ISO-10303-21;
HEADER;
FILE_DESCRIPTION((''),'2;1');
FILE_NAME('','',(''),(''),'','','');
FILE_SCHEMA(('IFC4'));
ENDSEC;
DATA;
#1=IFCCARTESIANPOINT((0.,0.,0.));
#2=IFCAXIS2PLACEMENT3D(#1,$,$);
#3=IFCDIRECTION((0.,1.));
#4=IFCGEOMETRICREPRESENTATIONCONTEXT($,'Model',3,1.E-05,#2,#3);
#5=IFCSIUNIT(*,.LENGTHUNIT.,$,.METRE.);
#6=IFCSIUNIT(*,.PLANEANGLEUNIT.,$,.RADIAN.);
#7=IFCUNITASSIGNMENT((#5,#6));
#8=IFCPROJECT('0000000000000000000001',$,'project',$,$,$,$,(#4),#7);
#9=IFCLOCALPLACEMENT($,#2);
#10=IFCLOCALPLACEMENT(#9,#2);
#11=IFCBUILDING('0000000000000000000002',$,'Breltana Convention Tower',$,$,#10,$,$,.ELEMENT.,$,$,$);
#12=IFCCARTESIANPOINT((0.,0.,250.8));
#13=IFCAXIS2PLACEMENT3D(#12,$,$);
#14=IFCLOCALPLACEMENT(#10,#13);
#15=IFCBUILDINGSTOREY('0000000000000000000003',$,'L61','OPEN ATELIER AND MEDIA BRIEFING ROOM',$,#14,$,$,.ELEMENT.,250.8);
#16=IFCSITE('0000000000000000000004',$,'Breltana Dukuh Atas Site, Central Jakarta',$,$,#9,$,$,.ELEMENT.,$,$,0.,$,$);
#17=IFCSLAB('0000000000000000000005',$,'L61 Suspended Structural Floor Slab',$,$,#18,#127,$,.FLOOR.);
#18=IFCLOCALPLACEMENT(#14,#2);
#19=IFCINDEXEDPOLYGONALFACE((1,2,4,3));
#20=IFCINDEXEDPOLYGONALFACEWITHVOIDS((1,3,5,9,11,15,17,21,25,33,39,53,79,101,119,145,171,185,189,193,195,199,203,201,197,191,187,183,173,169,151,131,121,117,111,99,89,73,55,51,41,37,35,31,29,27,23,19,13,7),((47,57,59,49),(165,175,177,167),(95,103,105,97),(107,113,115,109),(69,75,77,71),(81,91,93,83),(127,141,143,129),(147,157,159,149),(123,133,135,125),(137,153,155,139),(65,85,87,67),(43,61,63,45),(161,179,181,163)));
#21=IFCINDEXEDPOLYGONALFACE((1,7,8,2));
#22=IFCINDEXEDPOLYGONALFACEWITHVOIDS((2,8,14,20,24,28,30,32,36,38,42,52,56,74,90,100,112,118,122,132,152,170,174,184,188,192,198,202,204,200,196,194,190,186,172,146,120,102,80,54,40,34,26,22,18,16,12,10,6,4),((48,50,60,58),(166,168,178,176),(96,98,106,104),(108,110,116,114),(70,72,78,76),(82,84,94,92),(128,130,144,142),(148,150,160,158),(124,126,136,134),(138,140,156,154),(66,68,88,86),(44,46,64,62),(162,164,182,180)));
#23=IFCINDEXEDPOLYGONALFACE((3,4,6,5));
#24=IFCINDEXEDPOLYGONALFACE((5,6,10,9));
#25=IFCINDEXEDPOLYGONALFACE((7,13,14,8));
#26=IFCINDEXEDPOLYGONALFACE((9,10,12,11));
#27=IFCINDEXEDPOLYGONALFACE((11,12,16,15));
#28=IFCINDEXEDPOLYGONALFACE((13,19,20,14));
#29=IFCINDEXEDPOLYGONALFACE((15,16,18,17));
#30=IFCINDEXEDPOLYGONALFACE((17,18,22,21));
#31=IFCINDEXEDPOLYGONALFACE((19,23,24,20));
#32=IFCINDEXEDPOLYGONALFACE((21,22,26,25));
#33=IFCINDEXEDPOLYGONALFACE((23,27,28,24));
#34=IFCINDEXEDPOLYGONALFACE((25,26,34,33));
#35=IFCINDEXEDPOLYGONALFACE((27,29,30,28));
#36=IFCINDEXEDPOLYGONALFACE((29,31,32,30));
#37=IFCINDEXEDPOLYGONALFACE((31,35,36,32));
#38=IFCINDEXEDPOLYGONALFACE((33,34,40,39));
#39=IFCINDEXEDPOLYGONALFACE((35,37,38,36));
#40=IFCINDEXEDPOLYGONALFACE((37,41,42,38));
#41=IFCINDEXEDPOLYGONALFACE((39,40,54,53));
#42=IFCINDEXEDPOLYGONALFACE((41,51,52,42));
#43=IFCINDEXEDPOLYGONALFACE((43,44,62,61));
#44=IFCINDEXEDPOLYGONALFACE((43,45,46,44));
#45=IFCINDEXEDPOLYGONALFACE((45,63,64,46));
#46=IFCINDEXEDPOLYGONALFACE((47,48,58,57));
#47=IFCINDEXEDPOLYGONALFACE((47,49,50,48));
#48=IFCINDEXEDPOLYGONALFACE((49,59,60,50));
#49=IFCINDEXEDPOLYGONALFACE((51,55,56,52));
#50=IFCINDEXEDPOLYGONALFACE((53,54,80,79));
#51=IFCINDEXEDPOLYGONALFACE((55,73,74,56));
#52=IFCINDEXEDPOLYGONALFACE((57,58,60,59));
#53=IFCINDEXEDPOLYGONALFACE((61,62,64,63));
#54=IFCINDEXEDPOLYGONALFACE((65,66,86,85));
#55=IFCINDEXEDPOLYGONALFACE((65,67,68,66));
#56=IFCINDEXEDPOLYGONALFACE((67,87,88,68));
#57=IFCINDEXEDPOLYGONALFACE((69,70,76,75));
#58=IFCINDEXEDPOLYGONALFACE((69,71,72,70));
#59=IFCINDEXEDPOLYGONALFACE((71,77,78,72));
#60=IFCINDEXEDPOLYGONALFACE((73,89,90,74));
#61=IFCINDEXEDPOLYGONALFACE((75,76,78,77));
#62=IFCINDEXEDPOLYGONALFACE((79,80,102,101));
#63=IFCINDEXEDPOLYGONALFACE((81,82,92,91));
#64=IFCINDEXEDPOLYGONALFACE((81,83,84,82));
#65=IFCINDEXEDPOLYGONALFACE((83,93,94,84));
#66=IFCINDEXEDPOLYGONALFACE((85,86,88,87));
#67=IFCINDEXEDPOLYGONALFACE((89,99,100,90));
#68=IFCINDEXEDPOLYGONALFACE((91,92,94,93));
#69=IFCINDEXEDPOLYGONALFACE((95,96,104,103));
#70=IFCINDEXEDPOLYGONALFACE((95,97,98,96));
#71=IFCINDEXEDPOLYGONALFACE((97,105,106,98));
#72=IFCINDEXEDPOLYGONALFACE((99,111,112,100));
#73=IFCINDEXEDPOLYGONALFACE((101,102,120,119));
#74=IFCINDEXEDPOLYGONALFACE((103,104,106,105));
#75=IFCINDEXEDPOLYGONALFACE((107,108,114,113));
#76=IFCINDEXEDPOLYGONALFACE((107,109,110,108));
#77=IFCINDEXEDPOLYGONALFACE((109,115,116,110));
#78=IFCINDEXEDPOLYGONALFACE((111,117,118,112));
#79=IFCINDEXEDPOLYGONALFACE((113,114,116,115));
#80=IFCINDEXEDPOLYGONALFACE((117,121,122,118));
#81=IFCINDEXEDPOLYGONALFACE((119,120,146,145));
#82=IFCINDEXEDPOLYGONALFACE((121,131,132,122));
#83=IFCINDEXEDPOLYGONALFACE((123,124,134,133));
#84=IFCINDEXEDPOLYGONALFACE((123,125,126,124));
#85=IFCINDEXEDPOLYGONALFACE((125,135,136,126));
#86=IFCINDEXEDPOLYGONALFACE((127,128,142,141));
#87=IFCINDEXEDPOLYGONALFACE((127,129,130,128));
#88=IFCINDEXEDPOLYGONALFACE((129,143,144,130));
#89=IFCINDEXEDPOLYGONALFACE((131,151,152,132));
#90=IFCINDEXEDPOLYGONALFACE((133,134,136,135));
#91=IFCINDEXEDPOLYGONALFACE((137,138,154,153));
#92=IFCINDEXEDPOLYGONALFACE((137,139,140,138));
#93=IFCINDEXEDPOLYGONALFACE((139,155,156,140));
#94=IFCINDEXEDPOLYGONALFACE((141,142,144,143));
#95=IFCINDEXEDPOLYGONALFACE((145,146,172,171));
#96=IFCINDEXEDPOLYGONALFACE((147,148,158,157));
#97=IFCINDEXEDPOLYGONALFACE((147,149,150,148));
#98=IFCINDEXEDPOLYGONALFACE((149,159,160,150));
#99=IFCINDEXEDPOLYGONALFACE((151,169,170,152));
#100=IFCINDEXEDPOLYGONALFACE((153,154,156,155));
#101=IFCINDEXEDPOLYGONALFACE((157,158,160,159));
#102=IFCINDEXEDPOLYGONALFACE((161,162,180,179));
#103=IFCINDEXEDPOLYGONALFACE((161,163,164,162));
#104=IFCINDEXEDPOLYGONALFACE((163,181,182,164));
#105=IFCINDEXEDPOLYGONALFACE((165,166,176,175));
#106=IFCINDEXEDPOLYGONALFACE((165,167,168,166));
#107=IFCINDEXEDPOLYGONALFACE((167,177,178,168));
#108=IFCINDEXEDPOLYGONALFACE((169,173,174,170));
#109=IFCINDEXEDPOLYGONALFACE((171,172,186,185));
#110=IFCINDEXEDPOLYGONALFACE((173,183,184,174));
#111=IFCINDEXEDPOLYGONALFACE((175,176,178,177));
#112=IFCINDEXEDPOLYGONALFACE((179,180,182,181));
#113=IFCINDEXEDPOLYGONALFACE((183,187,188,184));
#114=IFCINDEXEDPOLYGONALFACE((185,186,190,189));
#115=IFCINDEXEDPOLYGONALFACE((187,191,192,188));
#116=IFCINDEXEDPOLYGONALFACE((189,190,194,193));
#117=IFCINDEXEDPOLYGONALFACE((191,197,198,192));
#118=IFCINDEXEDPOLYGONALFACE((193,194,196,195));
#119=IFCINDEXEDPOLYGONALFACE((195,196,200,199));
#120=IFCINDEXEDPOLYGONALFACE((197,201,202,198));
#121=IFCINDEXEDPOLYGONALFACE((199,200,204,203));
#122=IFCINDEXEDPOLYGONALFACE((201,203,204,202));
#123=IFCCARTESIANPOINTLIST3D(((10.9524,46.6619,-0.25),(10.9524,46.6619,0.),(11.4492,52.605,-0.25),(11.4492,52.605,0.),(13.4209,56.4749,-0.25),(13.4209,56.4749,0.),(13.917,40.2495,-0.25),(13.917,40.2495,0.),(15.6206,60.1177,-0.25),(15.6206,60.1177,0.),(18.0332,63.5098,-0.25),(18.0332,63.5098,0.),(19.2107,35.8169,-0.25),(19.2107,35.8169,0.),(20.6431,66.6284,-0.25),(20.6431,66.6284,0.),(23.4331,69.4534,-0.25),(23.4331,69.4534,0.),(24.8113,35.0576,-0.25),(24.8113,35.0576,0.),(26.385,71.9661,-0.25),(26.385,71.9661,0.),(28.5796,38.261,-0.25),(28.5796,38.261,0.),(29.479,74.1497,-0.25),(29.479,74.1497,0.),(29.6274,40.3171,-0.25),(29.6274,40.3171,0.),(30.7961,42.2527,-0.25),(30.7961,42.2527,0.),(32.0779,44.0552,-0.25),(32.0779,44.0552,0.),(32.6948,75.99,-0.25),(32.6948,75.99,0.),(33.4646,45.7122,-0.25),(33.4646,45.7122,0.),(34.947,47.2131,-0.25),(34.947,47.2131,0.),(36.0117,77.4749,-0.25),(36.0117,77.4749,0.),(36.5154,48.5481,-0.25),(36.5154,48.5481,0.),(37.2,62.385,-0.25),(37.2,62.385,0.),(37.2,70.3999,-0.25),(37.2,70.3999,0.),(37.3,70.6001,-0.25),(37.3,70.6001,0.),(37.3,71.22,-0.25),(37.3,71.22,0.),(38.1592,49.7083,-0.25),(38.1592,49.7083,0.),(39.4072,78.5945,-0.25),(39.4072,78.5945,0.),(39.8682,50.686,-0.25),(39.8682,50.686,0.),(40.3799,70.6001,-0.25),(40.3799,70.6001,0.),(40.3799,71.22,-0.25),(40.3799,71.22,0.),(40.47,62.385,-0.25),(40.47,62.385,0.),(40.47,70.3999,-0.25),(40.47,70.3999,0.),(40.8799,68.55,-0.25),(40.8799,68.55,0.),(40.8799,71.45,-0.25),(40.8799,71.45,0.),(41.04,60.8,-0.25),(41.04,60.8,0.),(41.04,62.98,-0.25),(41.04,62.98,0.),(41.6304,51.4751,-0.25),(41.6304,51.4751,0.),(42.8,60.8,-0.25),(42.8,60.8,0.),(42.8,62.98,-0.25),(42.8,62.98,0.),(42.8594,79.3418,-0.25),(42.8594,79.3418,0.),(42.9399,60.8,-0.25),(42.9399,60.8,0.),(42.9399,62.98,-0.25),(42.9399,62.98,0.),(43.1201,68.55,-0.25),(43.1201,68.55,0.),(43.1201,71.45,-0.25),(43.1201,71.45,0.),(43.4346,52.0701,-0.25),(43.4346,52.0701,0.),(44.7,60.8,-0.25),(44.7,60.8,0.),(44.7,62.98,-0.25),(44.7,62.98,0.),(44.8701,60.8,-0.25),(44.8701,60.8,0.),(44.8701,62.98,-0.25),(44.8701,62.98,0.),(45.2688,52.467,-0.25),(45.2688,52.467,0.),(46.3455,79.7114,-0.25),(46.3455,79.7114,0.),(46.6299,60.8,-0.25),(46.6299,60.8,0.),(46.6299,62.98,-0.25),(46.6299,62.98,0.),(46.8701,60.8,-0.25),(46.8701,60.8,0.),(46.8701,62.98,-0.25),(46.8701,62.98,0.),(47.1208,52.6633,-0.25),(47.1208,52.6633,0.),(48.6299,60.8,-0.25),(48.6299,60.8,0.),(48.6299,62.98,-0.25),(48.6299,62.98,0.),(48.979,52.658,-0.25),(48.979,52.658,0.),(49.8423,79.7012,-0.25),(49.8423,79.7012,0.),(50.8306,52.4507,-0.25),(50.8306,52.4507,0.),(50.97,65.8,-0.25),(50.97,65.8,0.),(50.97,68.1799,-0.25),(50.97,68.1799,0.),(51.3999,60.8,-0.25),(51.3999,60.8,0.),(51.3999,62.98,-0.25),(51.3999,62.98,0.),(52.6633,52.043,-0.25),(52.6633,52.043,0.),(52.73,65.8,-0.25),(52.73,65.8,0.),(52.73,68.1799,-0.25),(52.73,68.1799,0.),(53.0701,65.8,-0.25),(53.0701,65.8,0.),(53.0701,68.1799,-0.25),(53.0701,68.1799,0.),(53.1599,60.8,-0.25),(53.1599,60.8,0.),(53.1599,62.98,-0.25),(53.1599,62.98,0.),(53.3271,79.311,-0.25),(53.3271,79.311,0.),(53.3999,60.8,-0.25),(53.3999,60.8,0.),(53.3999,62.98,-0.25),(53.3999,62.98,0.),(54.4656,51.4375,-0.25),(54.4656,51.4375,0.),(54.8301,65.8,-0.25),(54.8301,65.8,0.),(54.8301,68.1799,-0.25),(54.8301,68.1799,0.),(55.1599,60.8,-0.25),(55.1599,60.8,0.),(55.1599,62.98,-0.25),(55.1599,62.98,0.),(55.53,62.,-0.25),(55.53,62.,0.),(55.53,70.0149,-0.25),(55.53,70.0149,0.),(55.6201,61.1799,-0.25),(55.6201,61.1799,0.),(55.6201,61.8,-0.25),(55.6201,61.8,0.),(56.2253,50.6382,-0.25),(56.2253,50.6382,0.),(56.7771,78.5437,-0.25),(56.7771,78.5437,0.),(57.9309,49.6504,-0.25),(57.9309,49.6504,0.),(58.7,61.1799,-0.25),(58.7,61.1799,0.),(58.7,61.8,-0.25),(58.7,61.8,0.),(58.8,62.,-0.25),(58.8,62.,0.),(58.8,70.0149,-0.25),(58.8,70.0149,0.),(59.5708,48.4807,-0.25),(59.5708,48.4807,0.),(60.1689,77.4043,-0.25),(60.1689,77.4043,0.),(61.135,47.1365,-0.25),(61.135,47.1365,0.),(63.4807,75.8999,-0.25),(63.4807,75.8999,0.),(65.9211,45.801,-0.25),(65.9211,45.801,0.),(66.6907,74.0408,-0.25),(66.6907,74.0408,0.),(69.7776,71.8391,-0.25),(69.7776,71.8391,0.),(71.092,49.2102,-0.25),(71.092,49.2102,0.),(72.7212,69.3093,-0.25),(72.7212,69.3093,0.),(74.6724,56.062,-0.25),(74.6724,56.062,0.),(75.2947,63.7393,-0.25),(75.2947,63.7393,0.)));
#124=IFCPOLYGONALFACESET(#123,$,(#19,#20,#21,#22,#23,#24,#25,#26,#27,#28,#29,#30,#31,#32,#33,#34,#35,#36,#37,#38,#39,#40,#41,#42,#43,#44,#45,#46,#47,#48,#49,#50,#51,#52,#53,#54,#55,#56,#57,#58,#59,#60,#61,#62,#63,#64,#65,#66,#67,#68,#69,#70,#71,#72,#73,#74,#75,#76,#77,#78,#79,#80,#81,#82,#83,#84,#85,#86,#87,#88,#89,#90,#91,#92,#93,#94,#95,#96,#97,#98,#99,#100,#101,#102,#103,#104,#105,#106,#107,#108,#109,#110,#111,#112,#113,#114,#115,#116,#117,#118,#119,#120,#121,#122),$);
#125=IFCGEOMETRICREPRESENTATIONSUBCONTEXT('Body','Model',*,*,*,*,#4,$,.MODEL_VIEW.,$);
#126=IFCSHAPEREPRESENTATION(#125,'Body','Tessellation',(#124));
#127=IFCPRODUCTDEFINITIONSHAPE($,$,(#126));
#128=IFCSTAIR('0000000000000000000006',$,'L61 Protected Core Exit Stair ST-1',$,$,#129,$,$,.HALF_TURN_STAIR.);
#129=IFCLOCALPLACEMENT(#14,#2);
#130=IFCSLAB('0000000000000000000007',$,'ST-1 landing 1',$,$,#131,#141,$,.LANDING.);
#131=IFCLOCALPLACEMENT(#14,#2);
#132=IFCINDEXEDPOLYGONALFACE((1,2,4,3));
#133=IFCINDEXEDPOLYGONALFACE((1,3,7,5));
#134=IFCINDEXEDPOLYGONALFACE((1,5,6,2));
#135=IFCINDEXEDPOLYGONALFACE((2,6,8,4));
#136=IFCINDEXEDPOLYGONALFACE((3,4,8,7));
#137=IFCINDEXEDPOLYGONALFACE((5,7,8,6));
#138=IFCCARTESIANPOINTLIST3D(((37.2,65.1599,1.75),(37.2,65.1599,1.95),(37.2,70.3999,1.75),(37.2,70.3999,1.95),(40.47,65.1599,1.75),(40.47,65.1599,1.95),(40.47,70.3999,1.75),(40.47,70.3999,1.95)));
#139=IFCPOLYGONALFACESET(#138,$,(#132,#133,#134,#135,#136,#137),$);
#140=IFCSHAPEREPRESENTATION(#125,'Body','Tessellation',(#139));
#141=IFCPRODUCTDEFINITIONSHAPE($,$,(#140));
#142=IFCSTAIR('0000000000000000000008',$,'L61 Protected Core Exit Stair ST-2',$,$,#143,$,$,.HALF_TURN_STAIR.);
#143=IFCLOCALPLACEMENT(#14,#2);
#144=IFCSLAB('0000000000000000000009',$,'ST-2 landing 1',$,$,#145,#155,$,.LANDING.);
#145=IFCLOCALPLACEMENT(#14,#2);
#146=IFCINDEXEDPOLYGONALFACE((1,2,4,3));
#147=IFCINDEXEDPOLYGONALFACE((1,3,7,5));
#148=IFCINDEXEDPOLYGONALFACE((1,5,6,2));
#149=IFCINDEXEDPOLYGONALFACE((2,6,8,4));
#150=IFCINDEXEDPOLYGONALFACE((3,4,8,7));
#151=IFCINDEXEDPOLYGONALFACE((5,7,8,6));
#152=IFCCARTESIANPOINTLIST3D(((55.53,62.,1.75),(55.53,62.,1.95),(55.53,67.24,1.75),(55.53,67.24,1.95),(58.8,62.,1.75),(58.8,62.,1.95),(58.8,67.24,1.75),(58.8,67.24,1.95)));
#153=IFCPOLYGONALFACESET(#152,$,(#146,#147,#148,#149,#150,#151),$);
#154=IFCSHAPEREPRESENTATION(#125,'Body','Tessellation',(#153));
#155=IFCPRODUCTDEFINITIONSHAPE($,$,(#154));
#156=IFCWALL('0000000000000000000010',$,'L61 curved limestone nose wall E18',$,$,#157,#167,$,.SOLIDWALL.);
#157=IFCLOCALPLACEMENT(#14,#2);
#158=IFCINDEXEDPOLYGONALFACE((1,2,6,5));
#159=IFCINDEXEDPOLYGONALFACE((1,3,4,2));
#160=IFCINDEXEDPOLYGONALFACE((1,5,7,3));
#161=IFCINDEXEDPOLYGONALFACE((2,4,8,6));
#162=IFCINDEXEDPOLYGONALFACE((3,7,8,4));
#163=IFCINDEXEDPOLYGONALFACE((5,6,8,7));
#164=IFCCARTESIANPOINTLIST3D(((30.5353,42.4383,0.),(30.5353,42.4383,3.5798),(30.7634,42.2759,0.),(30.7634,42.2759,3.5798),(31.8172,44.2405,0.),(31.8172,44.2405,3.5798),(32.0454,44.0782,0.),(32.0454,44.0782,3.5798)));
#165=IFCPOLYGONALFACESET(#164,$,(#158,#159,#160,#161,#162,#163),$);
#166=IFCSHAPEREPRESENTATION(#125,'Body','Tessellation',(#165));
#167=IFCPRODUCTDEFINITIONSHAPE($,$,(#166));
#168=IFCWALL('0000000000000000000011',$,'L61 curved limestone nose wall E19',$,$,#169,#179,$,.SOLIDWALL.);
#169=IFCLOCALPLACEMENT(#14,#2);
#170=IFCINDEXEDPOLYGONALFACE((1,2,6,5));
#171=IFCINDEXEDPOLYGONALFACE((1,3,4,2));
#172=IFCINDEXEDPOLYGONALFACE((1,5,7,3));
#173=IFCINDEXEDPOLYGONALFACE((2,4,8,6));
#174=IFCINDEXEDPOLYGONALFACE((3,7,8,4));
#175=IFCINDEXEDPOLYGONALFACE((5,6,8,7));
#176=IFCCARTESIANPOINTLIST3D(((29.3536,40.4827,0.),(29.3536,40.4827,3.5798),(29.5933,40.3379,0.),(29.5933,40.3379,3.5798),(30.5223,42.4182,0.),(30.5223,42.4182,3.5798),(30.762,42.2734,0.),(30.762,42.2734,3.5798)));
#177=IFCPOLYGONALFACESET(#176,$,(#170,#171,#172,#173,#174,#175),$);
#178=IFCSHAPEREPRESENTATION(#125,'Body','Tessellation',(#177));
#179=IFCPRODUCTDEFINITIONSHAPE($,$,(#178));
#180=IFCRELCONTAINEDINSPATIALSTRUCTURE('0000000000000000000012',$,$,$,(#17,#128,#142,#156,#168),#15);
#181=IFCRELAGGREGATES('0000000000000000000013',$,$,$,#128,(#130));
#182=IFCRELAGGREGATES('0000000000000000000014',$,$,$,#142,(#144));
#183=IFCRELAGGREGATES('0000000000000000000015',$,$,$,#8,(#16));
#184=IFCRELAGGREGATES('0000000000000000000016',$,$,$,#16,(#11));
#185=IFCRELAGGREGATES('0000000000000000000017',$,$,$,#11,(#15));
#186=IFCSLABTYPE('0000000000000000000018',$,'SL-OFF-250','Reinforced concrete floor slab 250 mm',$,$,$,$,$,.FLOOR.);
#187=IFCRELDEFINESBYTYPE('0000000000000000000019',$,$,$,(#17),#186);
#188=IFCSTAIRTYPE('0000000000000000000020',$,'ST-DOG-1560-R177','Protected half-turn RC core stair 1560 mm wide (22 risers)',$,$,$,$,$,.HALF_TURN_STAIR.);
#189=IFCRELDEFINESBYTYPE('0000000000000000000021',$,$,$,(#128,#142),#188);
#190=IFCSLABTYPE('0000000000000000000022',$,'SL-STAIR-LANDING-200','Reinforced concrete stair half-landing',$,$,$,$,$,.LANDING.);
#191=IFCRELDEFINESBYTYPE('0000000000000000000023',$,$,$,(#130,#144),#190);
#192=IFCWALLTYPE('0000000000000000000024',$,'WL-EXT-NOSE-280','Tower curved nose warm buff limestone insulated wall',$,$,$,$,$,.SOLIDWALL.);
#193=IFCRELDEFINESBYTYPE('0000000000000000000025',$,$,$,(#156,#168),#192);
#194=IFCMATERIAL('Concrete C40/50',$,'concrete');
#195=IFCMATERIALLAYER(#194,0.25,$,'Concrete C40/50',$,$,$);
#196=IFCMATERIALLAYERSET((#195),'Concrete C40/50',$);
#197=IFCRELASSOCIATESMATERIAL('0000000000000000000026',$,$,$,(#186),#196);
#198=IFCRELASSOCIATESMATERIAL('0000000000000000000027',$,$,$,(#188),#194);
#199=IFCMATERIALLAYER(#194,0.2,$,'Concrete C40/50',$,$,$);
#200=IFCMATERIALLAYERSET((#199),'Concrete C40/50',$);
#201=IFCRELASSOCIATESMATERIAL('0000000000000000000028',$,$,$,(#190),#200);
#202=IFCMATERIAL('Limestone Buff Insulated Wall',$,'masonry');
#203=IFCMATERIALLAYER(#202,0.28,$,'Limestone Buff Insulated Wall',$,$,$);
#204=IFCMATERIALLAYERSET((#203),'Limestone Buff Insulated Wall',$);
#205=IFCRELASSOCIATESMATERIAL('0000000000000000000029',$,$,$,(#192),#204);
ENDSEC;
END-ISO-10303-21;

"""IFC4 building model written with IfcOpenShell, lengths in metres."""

from ifc_helpers import new_model, si_unit, direction, frame, frame_2d, origin, place, context, subcontext, project, spatial, polyline, rectangle, outline, extrude, source, transform, mapped, material, layer, layer_set, type_object, element, aggregate, save


model = new_model("IFC4")

# Units and contexts
model_context = context("Model", 3, precision=1e-05, world=origin(), true_north=direction((0.0, 1.0)))
body_context = subcontext(model_context, "Body", "Model", "MODEL_VIEW")
ifc_project = project(units=[si_unit("LENGTHUNIT", "METRE"), si_unit("PLANEANGLEUNIT", "RADIAN")], contexts=[model_context])

# Site, building, storey
site_placement = place(None, origin())
site = spatial("IfcSite", under=ifc_project, at=site_placement, Name="Breltana Dukuh Atas Site, Central Jakarta", CompositionType="ELEMENT", RefElevation=0.0)
building_placement = place(site_placement, origin())
building = spatial("IfcBuilding", under=site, at=building_placement, Name="Breltana Convention Tower", CompositionType="ELEMENT")
storey_placement = place(building_placement, frame((0.0, 0.0, 250.8)))
storey = spatial("IfcBuildingStorey", under=building, at=storey_placement, Name="L61", Description="OPEN ATELIER AND MEDIA BRIEFING ROOM", CompositionType="ELEMENT", Elevation=250.8)

# Slab
ifc_material_1 = material(Name="Concrete C40/50", Category="concrete")
ifc_layer_1 = layer(ifc_material_1, 0.25, Name="Concrete C40/50")
ifc_layer_set_1 = layer_set([ifc_layer_1], Name="Concrete C40/50")
slab_type_1 = type_object("IfcSlabType", Name="SL-OFF-250", Description="Reinforced concrete floor slab 250 mm", PredefinedType="FLOOR", material=ifc_layer_set_1)
slab_1_placement = place(storey_placement, frame((0.0, 0.0, -0.25)))
element("IfcSlab", 1, at=slab_1_placement, inside=storey, type_object=slab_type_1, Name="L61 Suspended Structural Floor Slab", PredefinedType="FLOOR", context=body_context, shape_type="SweptSolid", body=[
    extrude(outline(polyline([(72.7212, 69.3093), (69.7776, 71.8391), (66.6907, 74.0408), (63.4807, 75.8999), (60.1689, 77.4043), (56.7771, 78.5437), (53.3271, 79.311), (49.8423, 79.7012), (46.3455, 79.7114), (42.8594, 79.3418), (39.4072, 78.5945), (36.0117, 77.4749), (32.6948, 75.99), (29.479, 74.1497), (26.385, 71.9661), (23.4331, 69.4534), (20.6431, 66.6284), (18.0332, 63.5098), (15.6206, 60.1177), (13.4209, 56.4749), (11.4492, 52.605), (10.9524, 46.6619), (13.917, 40.2495), (19.2107, 35.8169), (24.8113, 35.0576), (28.5796, 38.261), (29.6274, 40.3171), (30.7961, 42.2527), (32.0779, 44.0552), (33.4646, 45.7122), (34.947, 47.2131), (36.5154, 48.5481), (38.1592, 49.7083), (39.8682, 50.686), (41.6304, 51.4751), (43.4346, 52.0701), (45.2688, 52.467), (47.1208, 52.6633), (48.979, 52.658), (50.8306, 52.4507), (52.6633, 52.043), (54.4656, 51.4375), (56.2253, 50.6382), (57.9309, 49.6504), (59.5708, 48.4807), (61.135, 47.1365), (65.9211, 45.801), (71.092, 49.2102), (74.6724, 56.062), (75.2947, 63.7393), (72.7212, 69.3093)]), holes=[polyline([(37.2, 62.385), (40.47, 62.385), (40.47, 70.3999), (37.2, 70.3999), (37.2, 62.385)]), polyline([(55.53, 62.0), (58.8, 62.0), (58.8, 70.0149), (55.53, 70.0149), (55.53, 62.0)]), polyline([(41.04, 60.8), (42.8, 60.8), (42.8, 62.98), (41.04, 62.98), (41.04, 60.8)]), polyline([(42.9399, 60.8), (44.7, 60.8), (44.7, 62.98), (42.9399, 62.98), (42.9399, 60.8)]), polyline([(44.8701, 60.8), (46.6299, 60.8), (46.6299, 62.98), (44.8701, 62.98), (44.8701, 60.8)]), polyline([(46.8701, 60.8), (48.6299, 60.8), (48.6299, 62.98), (46.8701, 62.98), (46.8701, 60.8)]), polyline([(51.3999, 60.8), (53.1599, 60.8), (53.1599, 62.98), (51.3999, 62.98), (51.3999, 60.8)]), polyline([(53.3999, 60.8), (55.1599, 60.8), (55.1599, 62.98), (53.3999, 62.98), (53.3999, 60.8)]), polyline([(50.97, 65.8), (52.73, 65.8), (52.73, 68.1799), (50.97, 68.1799), (50.97, 65.8)]), polyline([(53.0701, 65.8), (54.8301, 65.8), (54.8301, 68.1799), (53.0701, 68.1799), (53.0701, 65.8)]), polyline([(40.8799, 68.55), (43.1201, 68.55), (43.1201, 71.45), (40.8799, 71.45), (40.8799, 68.55)]), polyline([(37.3, 70.6001), (40.3799, 70.6001), (40.3799, 71.22), (37.3, 71.22), (37.3, 70.6001)]), polyline([(55.6201, 61.1799), (58.7, 61.1799), (58.7, 61.8), (55.6201, 61.8), (55.6201, 61.1799)])]), origin(), (0.0, 0.0, 1.0), 0.25),
])

# Stairs, slabs
stair_type = type_object("IfcStairType", Name="ST-DOG-1560-R177", Description="Protected half-turn RC core stair 1560 mm wide (22 risers)", PredefinedType="HALF_TURN_STAIR", material=ifc_material_1)
stair_1_placement = place(storey_placement, origin())
stair_1 = element("IfcStair", 2, at=stair_1_placement, inside=storey, type_object=stair_type, Name="L61 Protected Core Exit Stair ST-1", PredefinedType="HALF_TURN_STAIR")
ifc_layer_2 = layer(ifc_material_1, 0.2, Name="Concrete C40/50")
ifc_layer_set_2 = layer_set([ifc_layer_2], Name="Concrete C40/50")
slab_type_2 = type_object("IfcSlabType", Name="SL-STAIR-LANDING-200", Description="Reinforced concrete stair half-landing", PredefinedType="LANDING", material=ifc_layer_set_2)
slab_2_placement = place(storey_placement, frame((0.0, 0.0, 1.75)))
slab_2 = element("IfcSlab", 3, at=slab_2_placement, type_object=slab_type_2, Name="ST-1 landing 1", PredefinedType="LANDING", context=body_context, shape_type="SweptSolid", body=[
    extrude(outline(polyline([(40.47, 65.1599), (40.47, 70.3999), (37.2, 70.3999), (37.2, 65.1599), (40.47, 65.1599)])), origin(), (0.0, 0.0, 1.0), 0.2),
])
aggregate(stair_1, [slab_2])
stair_2_placement = place(storey_placement, origin())
stair_2 = element("IfcStair", 4, at=stair_2_placement, inside=storey, type_object=stair_type, Name="L61 Protected Core Exit Stair ST-2", PredefinedType="HALF_TURN_STAIR")
slab_3_placement = place(storey_placement, frame((0.0, 0.0, 1.75)))
slab_3 = element("IfcSlab", 5, at=slab_3_placement, type_object=slab_type_2, Name="ST-2 landing 1", PredefinedType="LANDING", context=body_context, shape_type="SweptSolid", body=[
    extrude(outline(polyline([(55.53, 67.24), (55.53, 62.0), (58.8, 62.0), (58.8, 67.24), (55.53, 67.24)])), origin(), (0.0, 0.0, 1.0), 0.2),
])
aggregate(stair_2, [slab_3])

# Walls
ifc_material_2 = material(Name="Limestone Buff Insulated Wall", Category="masonry")
ifc_layer_3 = layer(ifc_material_2, 0.28, Name="Limestone Buff Insulated Wall")
ifc_layer_set_3 = layer_set([ifc_layer_3], Name="Limestone Buff Insulated Wall")
wall_type_1 = type_object("IfcWallType", Name="WL-EXT-NOSE-280", Description="Tower curved nose warm buff limestone insulated wall", PredefinedType="SOLIDWALL", material=ifc_layer_set_3)
shared_shape_1 = source(origin(), body_context, "Body", "SweptSolid", [
    extrude(rectangle(XDim=2.2117, YDim=0.28, at=frame_2d((1.106, 0.0))), origin(), (0.0, 0.0, 1.0), 3.5798),
])
wall_1_placement = place(storey_placement, frame((31.9314, 44.1594, 0.0), z_axis=(0.0, 0.0, 1.0), x_axis=(-0.579639, -0.814873, 0.0)))
element("IfcWall", 6, at=wall_1_placement, inside=storey, type_object=wall_type_1, Name="L61 curved limestone nose wall E18", PredefinedType="SOLIDWALL", context=body_context, shape_type="MappedRepresentation", body=[
    mapped(shared_shape_1, transform((0.0, 0.0, 0.0), scale=1.0)),
])
shared_shape_2 = source(origin(), body_context, "Body", "SweptSolid", [
    extrude(rectangle(XDim=2.261, YDim=0.28, at=frame_2d((1.1304, 0.0))), origin(), (0.0, 0.0, 1.0), 3.5798),
])
wall_2_placement = place(storey_placement, frame((30.6421, 42.3457, 0.0), z_axis=(0.0, 0.0, 1.0), x_axis=(-0.516891, -0.856051, 0.0)))
element("IfcWall", 7, at=wall_2_placement, inside=storey, type_object=wall_type_1, Name="L61 curved limestone nose wall E19", PredefinedType="SOLIDWALL", context=body_context, shape_type="MappedRepresentation", body=[
    mapped(shared_shape_2, transform((0.0, 0.0, 0.0), scale=1.0)),
])

save(model, "model.ifc")
